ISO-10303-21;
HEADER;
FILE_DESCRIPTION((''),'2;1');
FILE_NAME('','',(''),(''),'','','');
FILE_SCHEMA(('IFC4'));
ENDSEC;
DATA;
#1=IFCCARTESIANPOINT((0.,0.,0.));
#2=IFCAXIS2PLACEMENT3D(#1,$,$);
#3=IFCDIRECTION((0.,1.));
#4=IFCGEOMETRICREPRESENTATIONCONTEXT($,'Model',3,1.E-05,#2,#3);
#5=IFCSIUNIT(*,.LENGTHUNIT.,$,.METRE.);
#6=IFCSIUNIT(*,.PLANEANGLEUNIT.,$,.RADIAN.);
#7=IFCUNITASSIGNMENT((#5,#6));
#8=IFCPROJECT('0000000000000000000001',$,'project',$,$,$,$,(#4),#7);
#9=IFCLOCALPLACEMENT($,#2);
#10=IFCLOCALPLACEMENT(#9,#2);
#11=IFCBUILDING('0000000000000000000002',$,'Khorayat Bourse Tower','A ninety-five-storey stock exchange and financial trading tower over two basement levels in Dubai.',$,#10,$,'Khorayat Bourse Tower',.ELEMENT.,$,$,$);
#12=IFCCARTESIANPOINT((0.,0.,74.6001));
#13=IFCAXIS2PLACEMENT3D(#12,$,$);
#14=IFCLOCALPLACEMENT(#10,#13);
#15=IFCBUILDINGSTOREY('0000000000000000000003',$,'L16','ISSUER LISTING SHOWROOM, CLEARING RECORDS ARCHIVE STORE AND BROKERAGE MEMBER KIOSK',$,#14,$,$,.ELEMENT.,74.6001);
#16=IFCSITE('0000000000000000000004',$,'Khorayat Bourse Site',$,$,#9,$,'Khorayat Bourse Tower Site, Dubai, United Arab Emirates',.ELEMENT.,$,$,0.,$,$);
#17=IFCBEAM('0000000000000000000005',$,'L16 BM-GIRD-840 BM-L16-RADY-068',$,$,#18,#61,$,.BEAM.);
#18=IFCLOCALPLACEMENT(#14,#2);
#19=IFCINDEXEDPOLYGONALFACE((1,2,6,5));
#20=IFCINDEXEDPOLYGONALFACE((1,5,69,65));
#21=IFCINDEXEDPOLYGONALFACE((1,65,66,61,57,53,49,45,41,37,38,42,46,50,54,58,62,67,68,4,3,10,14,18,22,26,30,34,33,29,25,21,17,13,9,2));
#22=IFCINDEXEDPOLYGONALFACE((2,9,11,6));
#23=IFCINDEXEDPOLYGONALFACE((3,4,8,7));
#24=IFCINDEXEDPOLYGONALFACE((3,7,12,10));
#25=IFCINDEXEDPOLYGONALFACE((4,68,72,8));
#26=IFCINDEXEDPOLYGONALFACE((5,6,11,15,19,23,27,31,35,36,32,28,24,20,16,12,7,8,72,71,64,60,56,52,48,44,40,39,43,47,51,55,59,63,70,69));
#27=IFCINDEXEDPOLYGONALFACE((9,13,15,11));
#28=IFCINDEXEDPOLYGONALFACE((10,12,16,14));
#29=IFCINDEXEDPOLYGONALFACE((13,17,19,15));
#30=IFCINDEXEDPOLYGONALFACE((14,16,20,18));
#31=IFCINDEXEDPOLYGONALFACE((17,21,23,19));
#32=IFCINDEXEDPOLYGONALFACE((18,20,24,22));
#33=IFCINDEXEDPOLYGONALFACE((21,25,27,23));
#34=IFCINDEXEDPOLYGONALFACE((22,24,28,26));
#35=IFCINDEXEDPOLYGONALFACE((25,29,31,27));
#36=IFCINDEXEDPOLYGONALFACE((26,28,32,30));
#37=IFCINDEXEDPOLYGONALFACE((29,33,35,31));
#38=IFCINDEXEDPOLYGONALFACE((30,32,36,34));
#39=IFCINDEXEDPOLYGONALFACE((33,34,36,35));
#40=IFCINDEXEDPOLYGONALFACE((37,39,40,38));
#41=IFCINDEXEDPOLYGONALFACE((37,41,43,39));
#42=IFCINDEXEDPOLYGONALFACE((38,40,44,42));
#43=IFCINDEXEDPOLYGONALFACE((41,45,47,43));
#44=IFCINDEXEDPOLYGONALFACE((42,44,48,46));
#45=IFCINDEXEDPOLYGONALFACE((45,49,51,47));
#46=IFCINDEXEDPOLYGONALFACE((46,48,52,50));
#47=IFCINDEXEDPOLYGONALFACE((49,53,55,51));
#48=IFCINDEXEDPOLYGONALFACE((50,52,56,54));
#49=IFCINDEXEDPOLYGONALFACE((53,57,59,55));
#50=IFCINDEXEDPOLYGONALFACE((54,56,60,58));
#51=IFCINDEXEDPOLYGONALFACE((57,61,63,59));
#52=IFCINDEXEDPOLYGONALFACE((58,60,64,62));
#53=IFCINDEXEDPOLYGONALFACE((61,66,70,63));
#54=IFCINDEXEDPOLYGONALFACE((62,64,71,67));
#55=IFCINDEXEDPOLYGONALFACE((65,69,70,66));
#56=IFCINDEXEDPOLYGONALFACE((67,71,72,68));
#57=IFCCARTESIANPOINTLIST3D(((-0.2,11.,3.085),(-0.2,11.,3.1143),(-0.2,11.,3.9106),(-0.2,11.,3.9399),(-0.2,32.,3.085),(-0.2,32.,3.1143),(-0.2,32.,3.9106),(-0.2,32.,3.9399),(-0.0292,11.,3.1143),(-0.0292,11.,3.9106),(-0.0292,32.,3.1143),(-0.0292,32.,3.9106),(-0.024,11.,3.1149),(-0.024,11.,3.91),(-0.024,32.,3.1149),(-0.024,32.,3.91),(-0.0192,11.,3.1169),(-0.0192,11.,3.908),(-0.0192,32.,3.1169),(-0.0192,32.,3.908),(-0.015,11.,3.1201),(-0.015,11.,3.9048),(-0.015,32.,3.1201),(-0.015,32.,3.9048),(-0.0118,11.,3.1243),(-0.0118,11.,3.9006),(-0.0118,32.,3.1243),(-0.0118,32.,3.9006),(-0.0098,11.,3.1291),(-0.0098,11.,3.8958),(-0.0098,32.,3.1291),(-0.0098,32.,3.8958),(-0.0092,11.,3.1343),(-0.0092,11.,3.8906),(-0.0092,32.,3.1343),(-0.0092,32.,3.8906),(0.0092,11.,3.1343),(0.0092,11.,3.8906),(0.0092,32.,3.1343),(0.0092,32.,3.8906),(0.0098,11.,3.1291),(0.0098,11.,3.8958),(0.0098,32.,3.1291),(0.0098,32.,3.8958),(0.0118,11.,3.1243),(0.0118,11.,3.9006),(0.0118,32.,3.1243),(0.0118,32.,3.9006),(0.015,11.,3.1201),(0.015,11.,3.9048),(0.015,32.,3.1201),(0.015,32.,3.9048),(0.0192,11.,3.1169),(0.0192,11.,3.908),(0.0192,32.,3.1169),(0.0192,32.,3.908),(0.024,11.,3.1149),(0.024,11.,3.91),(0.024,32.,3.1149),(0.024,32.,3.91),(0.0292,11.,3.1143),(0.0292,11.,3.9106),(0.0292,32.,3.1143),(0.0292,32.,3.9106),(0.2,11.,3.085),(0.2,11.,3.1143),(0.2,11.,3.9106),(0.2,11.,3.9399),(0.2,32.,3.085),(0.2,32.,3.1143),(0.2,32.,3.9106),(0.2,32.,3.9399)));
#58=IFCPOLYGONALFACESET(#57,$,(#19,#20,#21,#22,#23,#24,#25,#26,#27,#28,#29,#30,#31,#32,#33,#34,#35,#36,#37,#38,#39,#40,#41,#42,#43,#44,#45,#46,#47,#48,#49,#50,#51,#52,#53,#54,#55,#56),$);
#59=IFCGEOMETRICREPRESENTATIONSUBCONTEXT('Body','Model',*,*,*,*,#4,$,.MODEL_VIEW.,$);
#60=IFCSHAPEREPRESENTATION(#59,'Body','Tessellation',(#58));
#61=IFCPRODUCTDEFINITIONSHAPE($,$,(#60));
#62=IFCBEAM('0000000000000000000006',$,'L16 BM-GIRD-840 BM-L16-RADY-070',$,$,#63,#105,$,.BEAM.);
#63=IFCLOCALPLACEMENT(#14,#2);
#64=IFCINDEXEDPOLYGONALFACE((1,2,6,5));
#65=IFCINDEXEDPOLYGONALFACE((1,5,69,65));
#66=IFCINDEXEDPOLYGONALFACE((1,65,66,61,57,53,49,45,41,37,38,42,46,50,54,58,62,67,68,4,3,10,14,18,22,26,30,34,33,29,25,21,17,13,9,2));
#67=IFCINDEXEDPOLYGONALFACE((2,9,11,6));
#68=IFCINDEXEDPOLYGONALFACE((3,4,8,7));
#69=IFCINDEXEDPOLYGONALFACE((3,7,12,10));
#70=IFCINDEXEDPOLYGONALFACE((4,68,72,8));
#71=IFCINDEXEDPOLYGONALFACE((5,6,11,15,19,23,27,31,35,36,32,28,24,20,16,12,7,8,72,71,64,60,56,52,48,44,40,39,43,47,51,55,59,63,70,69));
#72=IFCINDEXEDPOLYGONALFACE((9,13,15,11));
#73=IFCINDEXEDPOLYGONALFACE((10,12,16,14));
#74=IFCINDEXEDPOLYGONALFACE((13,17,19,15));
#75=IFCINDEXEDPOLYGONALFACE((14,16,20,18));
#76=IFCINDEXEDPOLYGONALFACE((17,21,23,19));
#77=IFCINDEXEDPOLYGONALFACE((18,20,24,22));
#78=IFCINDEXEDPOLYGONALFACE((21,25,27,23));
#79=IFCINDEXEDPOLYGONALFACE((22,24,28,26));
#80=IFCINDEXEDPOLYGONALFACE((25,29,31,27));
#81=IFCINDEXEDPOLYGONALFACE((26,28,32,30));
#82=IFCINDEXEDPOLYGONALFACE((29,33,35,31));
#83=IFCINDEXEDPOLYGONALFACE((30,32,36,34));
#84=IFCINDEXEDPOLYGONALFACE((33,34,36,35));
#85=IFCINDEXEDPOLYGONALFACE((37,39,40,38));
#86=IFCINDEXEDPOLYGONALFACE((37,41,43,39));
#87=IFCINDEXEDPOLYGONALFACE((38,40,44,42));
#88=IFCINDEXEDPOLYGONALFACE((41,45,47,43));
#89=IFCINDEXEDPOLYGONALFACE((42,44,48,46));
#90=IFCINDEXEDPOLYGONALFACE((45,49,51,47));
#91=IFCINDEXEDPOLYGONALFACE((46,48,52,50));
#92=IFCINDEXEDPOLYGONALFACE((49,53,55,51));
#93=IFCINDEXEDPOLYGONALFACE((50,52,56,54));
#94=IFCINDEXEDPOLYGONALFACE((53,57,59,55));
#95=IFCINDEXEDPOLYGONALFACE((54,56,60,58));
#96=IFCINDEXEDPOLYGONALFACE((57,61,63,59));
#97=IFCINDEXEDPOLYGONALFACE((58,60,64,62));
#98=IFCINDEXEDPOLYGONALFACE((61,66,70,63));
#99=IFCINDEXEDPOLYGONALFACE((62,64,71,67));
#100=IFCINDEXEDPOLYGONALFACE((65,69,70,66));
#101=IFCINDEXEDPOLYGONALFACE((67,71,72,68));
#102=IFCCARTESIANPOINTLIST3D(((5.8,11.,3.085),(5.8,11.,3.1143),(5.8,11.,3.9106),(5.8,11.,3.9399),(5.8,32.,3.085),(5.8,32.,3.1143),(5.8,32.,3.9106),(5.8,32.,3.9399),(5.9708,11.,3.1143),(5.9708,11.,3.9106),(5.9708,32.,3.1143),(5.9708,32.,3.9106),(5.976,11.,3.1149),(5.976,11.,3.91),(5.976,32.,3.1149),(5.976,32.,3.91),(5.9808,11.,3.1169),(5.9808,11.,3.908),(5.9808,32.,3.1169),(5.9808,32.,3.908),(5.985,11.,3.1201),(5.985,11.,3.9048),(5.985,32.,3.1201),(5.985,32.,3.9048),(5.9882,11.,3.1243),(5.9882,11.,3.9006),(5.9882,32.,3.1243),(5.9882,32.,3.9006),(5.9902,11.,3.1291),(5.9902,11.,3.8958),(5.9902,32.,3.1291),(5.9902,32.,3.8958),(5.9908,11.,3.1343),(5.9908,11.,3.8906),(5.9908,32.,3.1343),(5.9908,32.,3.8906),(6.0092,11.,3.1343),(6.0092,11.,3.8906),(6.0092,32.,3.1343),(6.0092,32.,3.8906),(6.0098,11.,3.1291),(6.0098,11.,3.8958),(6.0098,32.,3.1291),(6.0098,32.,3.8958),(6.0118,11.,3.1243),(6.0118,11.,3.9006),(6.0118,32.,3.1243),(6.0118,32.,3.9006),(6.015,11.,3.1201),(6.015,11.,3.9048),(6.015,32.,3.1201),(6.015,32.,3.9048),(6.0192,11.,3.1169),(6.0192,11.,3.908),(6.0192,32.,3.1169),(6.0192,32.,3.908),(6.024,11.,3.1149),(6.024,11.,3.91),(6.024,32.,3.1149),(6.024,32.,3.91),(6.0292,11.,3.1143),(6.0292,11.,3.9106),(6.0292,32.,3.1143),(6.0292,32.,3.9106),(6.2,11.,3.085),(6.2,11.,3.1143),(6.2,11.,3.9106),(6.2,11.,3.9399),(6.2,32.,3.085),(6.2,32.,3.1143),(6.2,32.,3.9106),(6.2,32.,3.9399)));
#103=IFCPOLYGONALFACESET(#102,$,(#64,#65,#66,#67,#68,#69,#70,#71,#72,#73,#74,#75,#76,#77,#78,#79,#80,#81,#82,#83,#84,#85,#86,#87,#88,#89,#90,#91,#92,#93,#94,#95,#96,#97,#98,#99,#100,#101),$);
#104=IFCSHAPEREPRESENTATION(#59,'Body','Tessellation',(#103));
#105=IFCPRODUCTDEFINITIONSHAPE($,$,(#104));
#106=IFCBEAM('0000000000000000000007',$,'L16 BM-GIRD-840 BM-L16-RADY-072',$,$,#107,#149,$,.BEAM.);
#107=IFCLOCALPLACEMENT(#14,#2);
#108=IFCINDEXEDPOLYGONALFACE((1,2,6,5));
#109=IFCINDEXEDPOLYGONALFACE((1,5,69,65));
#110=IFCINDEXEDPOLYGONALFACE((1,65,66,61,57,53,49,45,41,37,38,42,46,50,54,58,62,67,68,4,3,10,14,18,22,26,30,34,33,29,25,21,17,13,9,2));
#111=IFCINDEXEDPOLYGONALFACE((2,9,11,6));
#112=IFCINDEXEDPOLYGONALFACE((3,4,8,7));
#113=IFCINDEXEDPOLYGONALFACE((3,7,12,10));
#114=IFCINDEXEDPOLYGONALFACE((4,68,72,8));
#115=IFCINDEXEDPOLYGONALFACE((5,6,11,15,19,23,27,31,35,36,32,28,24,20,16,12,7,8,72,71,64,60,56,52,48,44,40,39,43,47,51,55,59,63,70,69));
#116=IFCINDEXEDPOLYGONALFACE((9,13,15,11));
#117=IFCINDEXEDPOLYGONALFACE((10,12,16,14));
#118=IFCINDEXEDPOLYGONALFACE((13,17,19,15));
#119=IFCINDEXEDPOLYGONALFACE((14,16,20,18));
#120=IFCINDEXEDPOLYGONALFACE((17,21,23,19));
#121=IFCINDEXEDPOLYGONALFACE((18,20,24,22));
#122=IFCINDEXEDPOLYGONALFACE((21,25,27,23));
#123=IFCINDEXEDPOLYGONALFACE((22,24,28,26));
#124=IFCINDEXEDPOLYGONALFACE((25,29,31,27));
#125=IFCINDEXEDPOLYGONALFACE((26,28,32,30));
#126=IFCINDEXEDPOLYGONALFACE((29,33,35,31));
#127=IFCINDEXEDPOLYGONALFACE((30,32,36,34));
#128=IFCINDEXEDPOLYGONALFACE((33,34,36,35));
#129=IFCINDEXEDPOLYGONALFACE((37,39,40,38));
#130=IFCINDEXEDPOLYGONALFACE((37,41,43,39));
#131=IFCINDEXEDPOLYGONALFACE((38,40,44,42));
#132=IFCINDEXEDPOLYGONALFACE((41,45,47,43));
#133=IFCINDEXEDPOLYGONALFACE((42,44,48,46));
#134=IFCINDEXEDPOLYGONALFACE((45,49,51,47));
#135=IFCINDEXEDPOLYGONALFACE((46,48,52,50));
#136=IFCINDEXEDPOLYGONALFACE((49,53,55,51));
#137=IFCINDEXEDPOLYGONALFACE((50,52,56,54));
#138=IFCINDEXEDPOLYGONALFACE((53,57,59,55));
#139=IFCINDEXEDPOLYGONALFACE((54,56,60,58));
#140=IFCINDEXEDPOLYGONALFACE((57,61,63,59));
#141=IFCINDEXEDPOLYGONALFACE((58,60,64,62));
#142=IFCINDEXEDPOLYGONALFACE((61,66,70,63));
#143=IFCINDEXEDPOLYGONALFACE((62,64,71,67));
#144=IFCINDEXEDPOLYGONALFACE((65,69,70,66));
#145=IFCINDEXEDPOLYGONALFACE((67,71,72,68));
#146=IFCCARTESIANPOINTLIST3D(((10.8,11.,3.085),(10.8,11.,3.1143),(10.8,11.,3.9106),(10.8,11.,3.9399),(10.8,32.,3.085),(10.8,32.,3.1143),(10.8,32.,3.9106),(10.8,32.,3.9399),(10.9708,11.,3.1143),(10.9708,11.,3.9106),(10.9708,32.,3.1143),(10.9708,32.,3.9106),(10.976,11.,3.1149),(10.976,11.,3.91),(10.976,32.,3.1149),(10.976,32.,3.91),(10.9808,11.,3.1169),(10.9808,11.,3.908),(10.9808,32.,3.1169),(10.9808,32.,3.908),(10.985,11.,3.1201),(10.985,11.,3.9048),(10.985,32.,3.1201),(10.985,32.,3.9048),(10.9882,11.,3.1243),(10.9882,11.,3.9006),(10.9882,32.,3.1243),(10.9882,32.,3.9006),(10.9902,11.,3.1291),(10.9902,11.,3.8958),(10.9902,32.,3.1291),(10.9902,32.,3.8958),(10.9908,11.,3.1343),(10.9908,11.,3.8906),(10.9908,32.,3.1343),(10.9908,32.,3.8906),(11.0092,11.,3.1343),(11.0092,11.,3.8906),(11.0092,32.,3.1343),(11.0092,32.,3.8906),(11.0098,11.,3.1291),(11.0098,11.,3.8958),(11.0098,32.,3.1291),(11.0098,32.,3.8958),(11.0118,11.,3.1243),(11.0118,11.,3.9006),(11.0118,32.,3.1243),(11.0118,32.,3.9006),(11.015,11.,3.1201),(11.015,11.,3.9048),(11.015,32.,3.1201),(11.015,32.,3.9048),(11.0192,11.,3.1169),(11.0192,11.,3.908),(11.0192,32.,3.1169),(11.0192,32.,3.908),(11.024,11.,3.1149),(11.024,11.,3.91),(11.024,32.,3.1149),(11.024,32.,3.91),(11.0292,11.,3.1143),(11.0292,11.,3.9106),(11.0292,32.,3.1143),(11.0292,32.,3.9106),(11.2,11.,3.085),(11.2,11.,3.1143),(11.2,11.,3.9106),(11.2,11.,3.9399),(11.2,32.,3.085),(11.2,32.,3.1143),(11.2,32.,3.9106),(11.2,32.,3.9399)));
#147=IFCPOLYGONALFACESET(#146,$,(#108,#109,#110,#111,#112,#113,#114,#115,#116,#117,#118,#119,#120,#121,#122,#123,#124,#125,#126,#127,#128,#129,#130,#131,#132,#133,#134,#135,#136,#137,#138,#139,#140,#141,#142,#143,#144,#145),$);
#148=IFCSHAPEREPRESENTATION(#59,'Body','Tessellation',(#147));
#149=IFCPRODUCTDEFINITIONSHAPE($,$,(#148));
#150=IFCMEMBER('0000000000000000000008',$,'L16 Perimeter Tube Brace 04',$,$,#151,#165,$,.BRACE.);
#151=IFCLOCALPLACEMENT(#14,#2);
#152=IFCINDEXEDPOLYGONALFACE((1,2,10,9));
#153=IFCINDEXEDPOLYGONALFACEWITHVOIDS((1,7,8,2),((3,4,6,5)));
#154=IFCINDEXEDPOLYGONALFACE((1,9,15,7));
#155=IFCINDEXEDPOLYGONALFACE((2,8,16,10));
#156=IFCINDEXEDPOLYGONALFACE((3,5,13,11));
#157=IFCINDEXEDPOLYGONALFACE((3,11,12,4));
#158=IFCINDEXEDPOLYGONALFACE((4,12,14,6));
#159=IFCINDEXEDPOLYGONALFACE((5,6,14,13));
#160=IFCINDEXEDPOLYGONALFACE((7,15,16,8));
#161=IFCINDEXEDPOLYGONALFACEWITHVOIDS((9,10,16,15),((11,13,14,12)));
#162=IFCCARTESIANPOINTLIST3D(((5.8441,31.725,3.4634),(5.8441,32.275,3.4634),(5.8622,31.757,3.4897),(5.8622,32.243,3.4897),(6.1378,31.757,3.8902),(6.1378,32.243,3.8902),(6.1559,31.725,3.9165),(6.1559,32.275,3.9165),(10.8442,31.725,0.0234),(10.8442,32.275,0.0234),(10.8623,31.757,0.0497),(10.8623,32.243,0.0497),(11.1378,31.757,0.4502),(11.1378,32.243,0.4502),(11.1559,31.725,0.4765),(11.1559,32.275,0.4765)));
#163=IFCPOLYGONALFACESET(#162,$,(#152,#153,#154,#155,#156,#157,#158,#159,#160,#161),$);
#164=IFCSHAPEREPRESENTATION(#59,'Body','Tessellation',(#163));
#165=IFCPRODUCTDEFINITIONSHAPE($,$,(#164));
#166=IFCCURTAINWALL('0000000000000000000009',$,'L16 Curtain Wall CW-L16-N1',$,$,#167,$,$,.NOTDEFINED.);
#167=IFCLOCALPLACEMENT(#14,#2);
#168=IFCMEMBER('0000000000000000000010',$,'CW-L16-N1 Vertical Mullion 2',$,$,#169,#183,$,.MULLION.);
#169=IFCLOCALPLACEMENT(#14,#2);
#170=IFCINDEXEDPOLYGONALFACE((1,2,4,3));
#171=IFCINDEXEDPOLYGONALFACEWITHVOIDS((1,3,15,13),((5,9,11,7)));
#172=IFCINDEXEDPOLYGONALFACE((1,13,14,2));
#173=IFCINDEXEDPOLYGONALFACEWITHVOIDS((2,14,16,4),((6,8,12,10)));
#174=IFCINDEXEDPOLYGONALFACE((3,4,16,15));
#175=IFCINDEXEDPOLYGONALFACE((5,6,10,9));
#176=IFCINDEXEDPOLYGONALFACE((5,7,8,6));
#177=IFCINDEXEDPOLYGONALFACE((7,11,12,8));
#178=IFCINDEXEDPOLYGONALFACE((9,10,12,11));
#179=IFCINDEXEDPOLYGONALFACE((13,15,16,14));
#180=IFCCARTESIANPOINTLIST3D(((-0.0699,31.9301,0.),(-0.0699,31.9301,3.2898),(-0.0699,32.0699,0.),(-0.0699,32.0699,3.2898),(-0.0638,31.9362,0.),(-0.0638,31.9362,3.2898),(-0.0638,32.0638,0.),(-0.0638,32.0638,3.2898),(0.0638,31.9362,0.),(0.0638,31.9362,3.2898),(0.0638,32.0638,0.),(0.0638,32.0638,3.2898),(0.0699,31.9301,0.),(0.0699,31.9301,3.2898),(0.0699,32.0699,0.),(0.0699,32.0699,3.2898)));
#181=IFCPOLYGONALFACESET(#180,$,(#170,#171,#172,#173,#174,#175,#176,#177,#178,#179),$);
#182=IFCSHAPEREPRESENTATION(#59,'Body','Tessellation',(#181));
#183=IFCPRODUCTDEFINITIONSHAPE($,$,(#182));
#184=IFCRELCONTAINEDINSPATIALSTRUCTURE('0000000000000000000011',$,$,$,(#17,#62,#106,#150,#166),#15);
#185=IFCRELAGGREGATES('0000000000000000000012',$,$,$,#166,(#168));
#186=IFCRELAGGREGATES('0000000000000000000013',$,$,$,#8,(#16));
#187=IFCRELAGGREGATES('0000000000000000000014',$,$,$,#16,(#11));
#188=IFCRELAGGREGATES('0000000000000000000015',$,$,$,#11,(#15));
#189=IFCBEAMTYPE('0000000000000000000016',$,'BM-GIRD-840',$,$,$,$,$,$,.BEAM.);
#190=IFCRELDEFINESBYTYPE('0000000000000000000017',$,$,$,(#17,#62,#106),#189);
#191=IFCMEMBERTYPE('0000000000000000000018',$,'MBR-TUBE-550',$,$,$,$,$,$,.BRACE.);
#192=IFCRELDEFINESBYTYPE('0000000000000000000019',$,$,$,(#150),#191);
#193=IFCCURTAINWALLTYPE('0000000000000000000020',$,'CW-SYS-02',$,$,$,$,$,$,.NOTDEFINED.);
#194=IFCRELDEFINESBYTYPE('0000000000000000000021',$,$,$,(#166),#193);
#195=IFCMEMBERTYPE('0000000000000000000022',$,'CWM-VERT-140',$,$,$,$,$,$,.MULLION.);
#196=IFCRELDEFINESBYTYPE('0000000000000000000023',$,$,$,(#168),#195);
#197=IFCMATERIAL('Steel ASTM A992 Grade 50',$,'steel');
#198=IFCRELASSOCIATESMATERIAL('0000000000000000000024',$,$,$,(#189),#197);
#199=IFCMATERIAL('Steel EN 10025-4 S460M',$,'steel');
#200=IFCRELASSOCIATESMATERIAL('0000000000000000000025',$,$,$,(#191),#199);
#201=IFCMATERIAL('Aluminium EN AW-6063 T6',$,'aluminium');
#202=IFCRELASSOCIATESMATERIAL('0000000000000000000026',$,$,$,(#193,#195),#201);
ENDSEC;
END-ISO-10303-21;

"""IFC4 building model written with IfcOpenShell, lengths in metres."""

from ifc_helpers import new_model, si_unit, direction, frame, origin, origin_2d, place, context, subcontext, project, spatial, hollow_rectangle, i_section, extrude, source, transform, mapped, material, material_profile, profile_set, type_object, element, aggregate, save


model = new_model("IFC4")

# Units and contexts
model_context = context("Model", 3, precision=1e-05, world=origin(), true_north=direction((0.0, 1.0)))
body_context = subcontext(model_context, "Body", "Model", "MODEL_VIEW")
ifc_project = project(units=[si_unit("LENGTHUNIT", "METRE"), si_unit("PLANEANGLEUNIT", "RADIAN")], contexts=[model_context])

# Site, building, storey
site_placement = place(None, origin())
site = spatial("IfcSite", under=ifc_project, at=site_placement, Name="Khorayat Bourse Site", LongName="Khorayat Bourse Tower Site, Dubai, United Arab Emirates", CompositionType="ELEMENT", RefElevation=0.0)
building_placement = place(site_placement, origin())
building = spatial("IfcBuilding", under=site, at=building_placement, Name="Khorayat Bourse Tower", Description="A ninety-five-storey stock exchange and financial trading tower over two basement levels in Dubai.", LongName="Khorayat Bourse Tower", CompositionType="ELEMENT")
storey_placement = place(building_placement, frame((0.0, 0.0, 74.6001)))
storey = spatial("IfcBuildingStorey", under=building, at=storey_placement, Name="L16", Description="ISSUER LISTING SHOWROOM, CLEARING RECORDS ARCHIVE STORE AND BROKERAGE MEMBER KIOSK", CompositionType="ELEMENT", Elevation=74.6001)

# Shared definitions
ifc_material_1 = material(Name="Steel EN 10025-4 S460M", Category="steel")

# Beams
ifc_material_2 = material(Name="Steel ASTM A992 Grade 50", Category="steel")
ifc_material_profile_1 = material_profile(ifc_material_2, i_section(OverallWidth=0.3999, OverallDepth=0.855, WebThickness=0.0183, FlangeThickness=0.0293, FilletRadius=0.02, at=origin_2d()), Name="W840X299")
ifc_profile_set_1 = profile_set([ifc_material_profile_1], Name="Steel ASTM A992 Grade 50")
beam_type_1 = type_object("IfcBeamType", Name="BM-GIRD-840", PredefinedType="BEAM", material=ifc_profile_set_1)
shared_shape_1 = source(origin(), body_context, "Body", "SweptSolid", [
    extrude(i_section(OverallWidth=0.3999, OverallDepth=0.855, WebThickness=0.0183, FlangeThickness=0.0293, FilletRadius=0.02, at=origin_2d()), origin(), (0.0, 0.0, 1.0), 21.0),
])
for number, where, z_axis, x_axis, name in (
    (1, (0.0, 11.0, 3.5125), (0.0, 1.0, 0.0), (-1.0, 0.0, 0.0), "L16 BM-GIRD-840 BM-L16-RADY-068"),
    (2, (6.0, 11.0, 3.5125), (0.0, 1.0, 0.0), (-1.0, 0.0, 0.0), "L16 BM-GIRD-840 BM-L16-RADY-070"),
    (3, (11.0, 11.0, 3.5125), (0.0, 1.0, 0.0), (-1.0, 0.0, 0.0), "L16 BM-GIRD-840 BM-L16-RADY-072"),
):
    element("IfcBeam", number, at=place(storey_placement, frame(where, z_axis=z_axis, x_axis=x_axis)), inside=storey, type_object=beam_type_1, Name=name, PredefinedType="BEAM", context=body_context, shape_type="MappedRepresentation", body=[
        mapped(shared_shape_1, transform((0.0, 0.0, 0.0), scale=1.0)),
    ])

# Member
ifc_material_profile_2 = material_profile(ifc_material_1, hollow_rectangle(XDim=0.55, YDim=0.55, WallThickness=0.032, at=origin_2d()), Name="HSS 550x550x32")
ifc_profile_set_2 = profile_set([ifc_material_profile_2], Name="Steel EN 10025-4 S460M")
member_type_1 = type_object("IfcMemberType", Name="MBR-TUBE-550", PredefinedType="BRACE", material=ifc_profile_set_2)
shared_shape_2 = source(origin(), body_context, "Body", "SweptSolid", [
    extrude(hollow_rectangle(XDim=0.55, YDim=0.55, WallThickness=0.032, at=origin_2d()), origin(), (0.0, 0.0, 1.0), 6.0691),
])
member_1_placement = place(storey_placement, frame((6.0, 32.0, 3.6899), z_axis=(0.823854, 0.0, -0.566802), x_axis=(0.0, 1.0, 0.0)))
element("IfcMember", 4, at=member_1_placement, inside=storey, type_object=member_type_1, Name="L16 Perimeter Tube Brace 04", PredefinedType="BRACE", context=body_context, shape_type="MappedRepresentation", body=[
    mapped(shared_shape_2, transform((0.0, 0.0, 0.0), scale=1.0)),
])

# Curtain wall, member
ifc_material_3 = material(Name="Aluminium EN AW-6063 T6", Category="aluminium")
curtain_wall_type = type_object("IfcCurtainWallType", Name="CW-SYS-02", PredefinedType="NOTDEFINED", material=ifc_material_3)
curtain_wall_placement = place(storey_placement, origin())
curtain_wall = element("IfcCurtainWall", 5, at=curtain_wall_placement, inside=storey, type_object=curtain_wall_type, Name="L16 Curtain Wall CW-L16-N1", PredefinedType="NOTDEFINED")
ifc_material_profile_3 = material_profile(ifc_material_3, hollow_rectangle(XDim=0.1399, YDim=0.1399, WallThickness=0.0061, at=origin_2d()), Name="ALU 140x140x6")
ifc_profile_set_3 = profile_set([ifc_material_profile_3], Name="Aluminium EN AW-6063 T6")
member_type_2 = type_object("IfcMemberType", Name="CWM-VERT-140", PredefinedType="MULLION", material=ifc_profile_set_3)
shared_shape_3 = source(origin(), body_context, "Body", "SweptSolid", [
    extrude(hollow_rectangle(XDim=0.1399, YDim=0.1399, WallThickness=0.0061, at=origin_2d()), origin(), (0.0, 0.0, 1.0), 3.2898),
])
member_2_placement = place(storey_placement, frame((0.0, 32.0, 0.0), z_axis=(0.0, 0.0, 1.0), x_axis=(0.0, 1.0, 0.0)))
member_2 = element("IfcMember", 6, at=member_2_placement, type_object=member_type_2, Name="CW-L16-N1 Vertical Mullion 2", PredefinedType="MULLION", context=body_context, shape_type="MappedRepresentation", body=[
    mapped(shared_shape_3, transform((0.0, 0.0, 0.0), scale=1.0)),
])
aggregate(curtain_wall, [member_2])

save(model, "model.ifc")
